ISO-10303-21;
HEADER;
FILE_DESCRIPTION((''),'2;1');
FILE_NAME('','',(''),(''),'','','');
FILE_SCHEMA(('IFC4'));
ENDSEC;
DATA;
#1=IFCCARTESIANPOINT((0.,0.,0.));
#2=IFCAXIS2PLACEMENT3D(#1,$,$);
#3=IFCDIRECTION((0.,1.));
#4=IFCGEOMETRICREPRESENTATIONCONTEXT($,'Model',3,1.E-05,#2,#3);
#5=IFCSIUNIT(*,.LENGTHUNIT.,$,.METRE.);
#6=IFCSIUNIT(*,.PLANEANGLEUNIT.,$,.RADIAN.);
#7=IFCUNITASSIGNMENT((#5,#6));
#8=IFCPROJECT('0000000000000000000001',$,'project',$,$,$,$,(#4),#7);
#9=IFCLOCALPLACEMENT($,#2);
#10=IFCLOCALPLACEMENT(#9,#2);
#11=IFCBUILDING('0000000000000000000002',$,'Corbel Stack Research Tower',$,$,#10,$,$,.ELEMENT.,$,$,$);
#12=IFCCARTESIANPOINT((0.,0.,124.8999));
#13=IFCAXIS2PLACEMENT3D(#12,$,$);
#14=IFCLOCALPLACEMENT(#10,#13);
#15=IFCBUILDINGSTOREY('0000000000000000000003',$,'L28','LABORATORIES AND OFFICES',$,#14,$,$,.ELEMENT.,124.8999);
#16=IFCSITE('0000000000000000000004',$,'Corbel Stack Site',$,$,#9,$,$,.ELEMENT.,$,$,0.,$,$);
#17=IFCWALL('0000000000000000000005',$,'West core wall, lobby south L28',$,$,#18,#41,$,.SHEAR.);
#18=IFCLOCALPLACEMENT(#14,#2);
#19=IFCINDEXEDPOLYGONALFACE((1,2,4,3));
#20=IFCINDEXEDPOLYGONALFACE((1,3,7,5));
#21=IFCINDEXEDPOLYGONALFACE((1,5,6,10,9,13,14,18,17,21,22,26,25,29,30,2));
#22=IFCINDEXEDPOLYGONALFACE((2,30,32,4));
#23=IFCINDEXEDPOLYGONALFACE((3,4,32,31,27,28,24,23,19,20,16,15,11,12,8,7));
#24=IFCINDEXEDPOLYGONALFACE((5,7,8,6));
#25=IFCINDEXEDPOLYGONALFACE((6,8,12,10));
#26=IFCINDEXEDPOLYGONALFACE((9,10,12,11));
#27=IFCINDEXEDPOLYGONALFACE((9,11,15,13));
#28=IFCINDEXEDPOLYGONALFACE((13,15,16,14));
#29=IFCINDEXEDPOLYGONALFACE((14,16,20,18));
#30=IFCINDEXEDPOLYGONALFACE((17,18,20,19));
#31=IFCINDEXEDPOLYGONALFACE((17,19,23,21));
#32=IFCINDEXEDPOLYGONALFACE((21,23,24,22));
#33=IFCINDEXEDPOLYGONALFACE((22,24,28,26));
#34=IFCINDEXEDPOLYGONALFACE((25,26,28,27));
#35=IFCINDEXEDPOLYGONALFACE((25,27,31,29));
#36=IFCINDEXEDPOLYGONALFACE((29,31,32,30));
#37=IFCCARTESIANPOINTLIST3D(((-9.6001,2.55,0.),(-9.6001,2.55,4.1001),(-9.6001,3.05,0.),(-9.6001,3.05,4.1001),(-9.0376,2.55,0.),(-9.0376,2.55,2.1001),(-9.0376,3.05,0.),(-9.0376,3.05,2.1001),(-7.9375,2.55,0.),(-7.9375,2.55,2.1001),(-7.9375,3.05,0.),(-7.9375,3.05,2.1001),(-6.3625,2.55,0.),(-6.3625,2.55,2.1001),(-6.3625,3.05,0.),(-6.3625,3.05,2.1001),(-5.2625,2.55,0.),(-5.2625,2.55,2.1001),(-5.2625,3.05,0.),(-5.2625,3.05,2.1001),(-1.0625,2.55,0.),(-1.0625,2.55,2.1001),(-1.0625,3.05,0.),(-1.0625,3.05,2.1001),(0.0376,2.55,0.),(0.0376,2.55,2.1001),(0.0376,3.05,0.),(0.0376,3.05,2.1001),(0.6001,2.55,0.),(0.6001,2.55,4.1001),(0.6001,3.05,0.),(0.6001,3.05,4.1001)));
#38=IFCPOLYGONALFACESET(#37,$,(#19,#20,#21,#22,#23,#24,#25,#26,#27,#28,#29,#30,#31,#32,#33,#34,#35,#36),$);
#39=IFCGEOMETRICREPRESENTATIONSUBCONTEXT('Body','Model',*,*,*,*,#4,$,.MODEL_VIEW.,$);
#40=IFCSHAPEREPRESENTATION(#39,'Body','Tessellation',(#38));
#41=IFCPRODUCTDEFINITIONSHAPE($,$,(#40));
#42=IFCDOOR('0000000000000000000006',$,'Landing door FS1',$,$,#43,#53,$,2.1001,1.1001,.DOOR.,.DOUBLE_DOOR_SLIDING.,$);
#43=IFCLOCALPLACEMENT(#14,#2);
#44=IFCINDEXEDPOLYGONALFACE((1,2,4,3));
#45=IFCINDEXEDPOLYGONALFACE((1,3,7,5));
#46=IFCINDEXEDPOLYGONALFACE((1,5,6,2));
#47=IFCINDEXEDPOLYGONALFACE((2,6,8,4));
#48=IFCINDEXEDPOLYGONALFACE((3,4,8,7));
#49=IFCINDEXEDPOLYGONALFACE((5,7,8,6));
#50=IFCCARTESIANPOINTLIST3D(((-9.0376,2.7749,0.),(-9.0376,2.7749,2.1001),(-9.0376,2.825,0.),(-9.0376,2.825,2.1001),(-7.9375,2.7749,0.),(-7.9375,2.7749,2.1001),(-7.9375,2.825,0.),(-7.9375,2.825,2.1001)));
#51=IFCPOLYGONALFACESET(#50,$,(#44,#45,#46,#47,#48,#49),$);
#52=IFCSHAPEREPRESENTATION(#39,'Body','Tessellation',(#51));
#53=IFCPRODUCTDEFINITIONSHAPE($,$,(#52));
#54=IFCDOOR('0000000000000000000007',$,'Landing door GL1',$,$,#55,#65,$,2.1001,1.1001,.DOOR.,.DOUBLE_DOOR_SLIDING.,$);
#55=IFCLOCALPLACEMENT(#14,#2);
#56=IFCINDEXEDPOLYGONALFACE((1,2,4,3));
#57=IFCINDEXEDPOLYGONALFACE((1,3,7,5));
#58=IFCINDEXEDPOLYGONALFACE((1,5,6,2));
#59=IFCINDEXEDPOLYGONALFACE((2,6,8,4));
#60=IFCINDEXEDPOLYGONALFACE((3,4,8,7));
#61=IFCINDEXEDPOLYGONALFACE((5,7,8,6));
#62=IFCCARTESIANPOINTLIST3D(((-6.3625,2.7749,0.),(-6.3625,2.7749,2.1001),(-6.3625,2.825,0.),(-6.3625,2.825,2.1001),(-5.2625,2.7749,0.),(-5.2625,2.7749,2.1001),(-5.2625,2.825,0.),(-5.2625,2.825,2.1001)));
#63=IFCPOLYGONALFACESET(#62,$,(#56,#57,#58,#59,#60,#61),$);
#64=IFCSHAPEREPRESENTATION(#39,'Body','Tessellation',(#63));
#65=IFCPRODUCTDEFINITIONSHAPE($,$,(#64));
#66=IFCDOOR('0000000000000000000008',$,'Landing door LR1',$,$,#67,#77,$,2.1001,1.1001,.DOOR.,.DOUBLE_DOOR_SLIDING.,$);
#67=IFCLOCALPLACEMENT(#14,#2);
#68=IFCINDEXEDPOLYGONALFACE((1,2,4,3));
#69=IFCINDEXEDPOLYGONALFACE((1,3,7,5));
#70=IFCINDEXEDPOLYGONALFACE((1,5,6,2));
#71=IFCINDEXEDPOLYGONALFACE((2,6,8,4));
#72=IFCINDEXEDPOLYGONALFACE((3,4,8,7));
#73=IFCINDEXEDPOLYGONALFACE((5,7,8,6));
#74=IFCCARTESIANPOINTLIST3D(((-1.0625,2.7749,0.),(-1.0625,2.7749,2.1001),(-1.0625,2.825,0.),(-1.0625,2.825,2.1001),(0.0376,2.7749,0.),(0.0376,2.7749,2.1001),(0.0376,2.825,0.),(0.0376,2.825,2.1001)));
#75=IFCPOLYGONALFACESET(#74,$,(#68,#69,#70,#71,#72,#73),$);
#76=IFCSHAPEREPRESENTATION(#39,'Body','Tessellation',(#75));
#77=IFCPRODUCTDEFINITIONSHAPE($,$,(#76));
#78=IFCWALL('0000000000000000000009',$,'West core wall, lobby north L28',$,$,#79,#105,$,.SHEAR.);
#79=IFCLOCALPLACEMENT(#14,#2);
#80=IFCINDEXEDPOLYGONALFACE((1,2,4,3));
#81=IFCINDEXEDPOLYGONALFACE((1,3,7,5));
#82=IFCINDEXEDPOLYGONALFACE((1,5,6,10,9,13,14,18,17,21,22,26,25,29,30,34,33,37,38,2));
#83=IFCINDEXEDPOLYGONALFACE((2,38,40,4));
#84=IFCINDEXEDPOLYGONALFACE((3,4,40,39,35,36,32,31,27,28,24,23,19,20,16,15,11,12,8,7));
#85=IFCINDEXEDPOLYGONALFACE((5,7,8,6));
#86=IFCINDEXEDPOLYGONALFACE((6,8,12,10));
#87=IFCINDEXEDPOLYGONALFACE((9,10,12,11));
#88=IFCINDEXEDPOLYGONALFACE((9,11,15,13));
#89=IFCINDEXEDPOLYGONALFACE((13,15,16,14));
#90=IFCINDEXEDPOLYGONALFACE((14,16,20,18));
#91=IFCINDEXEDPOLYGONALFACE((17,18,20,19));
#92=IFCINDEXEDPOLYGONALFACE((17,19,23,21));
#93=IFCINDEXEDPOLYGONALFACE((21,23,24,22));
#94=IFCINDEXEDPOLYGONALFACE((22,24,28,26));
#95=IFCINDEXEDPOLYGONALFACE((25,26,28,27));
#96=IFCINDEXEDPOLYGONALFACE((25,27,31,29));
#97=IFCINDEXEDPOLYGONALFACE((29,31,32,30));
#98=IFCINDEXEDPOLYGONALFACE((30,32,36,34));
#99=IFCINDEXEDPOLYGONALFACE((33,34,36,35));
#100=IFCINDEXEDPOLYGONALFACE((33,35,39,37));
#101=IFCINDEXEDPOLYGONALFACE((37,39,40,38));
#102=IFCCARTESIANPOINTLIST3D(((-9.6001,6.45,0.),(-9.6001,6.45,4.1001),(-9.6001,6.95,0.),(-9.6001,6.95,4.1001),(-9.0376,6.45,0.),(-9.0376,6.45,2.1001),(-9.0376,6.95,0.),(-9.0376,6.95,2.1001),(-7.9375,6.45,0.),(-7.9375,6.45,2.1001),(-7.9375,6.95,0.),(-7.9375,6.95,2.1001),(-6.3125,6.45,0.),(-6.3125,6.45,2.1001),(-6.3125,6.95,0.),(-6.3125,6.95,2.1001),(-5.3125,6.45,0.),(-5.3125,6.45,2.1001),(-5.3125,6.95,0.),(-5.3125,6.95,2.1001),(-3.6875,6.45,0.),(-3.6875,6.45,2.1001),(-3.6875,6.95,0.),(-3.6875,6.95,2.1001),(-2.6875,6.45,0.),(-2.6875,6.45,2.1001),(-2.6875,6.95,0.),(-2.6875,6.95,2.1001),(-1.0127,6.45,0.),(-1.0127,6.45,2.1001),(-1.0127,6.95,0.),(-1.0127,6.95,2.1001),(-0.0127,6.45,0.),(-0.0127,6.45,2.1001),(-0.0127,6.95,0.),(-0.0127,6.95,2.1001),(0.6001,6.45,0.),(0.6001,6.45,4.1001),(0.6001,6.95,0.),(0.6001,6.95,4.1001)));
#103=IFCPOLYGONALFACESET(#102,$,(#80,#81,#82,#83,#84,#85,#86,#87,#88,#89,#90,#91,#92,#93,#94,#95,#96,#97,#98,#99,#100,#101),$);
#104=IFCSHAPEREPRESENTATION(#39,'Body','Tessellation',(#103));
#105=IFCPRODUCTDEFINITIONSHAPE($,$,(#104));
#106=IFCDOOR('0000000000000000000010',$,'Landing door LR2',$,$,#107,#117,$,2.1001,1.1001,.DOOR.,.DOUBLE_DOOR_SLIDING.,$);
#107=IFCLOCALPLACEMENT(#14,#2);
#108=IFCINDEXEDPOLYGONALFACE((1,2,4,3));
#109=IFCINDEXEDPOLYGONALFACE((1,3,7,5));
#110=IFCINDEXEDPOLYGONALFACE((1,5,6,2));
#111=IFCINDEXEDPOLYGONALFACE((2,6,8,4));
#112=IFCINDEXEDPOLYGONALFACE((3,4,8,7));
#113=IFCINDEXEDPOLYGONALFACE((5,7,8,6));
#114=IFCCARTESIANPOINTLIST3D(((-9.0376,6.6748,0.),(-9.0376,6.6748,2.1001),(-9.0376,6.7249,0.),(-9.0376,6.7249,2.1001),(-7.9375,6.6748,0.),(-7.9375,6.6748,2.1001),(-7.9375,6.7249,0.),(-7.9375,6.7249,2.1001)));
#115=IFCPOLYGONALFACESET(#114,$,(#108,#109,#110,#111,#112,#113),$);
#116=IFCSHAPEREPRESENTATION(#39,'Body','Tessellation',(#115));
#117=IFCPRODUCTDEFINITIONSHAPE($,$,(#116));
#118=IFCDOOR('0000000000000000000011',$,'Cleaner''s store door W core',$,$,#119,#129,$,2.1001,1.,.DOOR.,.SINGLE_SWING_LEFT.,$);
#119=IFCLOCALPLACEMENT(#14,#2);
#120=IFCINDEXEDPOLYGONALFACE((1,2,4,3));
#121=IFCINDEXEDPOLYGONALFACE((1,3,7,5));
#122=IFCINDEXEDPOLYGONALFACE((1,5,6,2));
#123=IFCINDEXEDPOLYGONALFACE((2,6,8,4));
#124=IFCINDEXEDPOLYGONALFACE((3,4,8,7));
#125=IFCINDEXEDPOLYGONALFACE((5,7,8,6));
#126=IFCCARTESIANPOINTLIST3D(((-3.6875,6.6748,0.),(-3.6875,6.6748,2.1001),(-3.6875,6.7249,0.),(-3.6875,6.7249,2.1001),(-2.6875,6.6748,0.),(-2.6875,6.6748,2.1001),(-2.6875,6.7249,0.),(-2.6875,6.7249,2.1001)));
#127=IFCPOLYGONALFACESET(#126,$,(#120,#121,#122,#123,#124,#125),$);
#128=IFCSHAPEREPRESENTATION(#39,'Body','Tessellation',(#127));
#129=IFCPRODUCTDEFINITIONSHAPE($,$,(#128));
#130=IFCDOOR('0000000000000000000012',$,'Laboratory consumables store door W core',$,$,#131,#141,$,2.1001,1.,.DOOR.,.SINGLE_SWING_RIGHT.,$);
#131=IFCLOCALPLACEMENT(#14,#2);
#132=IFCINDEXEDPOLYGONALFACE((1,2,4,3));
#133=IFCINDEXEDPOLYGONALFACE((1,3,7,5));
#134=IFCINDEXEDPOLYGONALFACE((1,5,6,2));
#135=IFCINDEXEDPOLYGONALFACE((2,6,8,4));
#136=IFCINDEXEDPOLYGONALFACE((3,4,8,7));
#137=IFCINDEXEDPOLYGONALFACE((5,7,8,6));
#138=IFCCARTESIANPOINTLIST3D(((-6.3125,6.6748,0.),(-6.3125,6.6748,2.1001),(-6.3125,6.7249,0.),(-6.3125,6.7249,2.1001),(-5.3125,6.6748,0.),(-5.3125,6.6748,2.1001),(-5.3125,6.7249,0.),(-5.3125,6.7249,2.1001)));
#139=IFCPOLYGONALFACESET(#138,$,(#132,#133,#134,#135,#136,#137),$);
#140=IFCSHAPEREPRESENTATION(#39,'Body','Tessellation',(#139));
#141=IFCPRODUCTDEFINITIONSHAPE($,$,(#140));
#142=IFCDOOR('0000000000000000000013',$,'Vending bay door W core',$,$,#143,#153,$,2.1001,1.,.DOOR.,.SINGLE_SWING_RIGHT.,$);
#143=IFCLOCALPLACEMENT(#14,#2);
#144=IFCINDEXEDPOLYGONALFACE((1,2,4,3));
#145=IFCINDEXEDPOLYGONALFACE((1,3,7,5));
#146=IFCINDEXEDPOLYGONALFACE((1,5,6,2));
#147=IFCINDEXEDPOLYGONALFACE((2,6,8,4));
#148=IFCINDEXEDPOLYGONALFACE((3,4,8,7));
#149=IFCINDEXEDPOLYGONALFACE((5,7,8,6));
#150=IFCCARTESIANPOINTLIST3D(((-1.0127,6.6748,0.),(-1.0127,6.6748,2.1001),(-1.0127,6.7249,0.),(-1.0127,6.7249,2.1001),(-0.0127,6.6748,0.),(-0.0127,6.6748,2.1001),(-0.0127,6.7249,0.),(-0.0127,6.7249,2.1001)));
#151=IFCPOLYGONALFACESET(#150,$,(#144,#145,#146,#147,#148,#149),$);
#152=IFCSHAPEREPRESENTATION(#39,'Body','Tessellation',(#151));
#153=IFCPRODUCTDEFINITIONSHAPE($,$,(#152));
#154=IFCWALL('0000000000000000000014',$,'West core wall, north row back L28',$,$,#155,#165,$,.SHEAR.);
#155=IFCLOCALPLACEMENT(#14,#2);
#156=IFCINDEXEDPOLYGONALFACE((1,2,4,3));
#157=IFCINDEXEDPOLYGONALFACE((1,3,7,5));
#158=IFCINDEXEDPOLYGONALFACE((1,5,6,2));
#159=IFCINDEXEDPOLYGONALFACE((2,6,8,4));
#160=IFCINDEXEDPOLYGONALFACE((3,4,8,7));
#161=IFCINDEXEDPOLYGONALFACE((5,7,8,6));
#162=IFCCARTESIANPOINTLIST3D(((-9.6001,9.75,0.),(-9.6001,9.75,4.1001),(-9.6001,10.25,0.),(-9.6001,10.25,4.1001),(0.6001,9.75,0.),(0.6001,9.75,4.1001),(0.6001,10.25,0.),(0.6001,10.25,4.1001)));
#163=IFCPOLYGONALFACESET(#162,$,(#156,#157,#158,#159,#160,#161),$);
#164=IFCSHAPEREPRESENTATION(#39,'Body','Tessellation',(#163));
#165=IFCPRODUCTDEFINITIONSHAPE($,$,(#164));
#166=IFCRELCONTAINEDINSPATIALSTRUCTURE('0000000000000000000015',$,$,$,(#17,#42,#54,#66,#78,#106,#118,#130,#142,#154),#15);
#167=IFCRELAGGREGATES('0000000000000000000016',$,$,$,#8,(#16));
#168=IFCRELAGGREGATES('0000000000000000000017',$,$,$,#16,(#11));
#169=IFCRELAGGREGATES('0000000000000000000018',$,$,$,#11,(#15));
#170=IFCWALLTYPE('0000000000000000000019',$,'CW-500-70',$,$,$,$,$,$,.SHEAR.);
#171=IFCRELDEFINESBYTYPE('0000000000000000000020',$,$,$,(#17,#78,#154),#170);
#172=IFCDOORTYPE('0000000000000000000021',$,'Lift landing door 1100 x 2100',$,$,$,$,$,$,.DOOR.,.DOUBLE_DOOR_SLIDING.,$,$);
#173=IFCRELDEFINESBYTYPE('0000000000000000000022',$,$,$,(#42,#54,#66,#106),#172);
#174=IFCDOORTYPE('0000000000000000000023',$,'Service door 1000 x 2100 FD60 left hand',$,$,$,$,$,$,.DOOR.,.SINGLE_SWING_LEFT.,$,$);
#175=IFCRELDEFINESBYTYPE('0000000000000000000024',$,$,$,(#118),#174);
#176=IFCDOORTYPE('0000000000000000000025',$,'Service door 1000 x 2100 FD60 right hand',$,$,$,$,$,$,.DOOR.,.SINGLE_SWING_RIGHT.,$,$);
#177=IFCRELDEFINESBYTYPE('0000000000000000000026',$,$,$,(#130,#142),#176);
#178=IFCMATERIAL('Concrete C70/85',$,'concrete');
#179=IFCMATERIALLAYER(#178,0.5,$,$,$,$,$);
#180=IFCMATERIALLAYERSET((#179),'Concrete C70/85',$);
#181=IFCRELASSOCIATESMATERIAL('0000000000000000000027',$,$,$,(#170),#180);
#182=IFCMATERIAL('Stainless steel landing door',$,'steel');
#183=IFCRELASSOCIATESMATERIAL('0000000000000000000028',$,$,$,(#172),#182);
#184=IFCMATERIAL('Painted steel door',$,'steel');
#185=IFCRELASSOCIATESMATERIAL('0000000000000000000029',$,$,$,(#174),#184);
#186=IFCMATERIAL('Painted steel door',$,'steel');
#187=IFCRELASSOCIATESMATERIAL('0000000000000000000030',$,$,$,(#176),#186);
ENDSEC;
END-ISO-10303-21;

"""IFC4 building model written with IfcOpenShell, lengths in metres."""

from ifc_helpers import new_model, si_unit, direction, frame, frame_2d, origin, place, context, subcontext, project, spatial, rectangle, extrude, material, layer, layer_set, type_object, element, fill, save


model = new_model("IFC4")

# Units and contexts
model_context = context("Model", 3, precision=1e-05, world=origin(), true_north=direction((0.0, 1.0)))
body_context = subcontext(model_context, "Body", "Model", "MODEL_VIEW")
ifc_project = project(units=[si_unit("LENGTHUNIT", "METRE"), si_unit("PLANEANGLEUNIT", "RADIAN")], contexts=[model_context])

# Site, building, storey
site_placement = place(None, origin())
site = spatial("IfcSite", under=ifc_project, at=site_placement, Name="Corbel Stack Site", CompositionType="ELEMENT", RefElevation=0.0)
building_placement = place(site_placement, origin())
building = spatial("IfcBuilding", under=site, at=building_placement, Name="Corbel Stack Research Tower", CompositionType="ELEMENT")
storey_placement = place(building_placement, frame((0.0, 0.0, 124.8999)))
storey = spatial("IfcBuildingStorey", under=building, at=storey_placement, Name="L28", Description="LABORATORIES AND OFFICES", CompositionType="ELEMENT", Elevation=124.8999)

# Walls, openings, doors
ifc_material_1 = material(Name="Concrete C70/85", Category="concrete")
ifc_layer_1 = layer(ifc_material_1, 0.5)
ifc_layer_set_1 = layer_set([ifc_layer_1], Name="Concrete C70/85")
wall_type_1 = type_object("IfcWallType", Name="CW-500-70", PredefinedType="SHEAR", material=ifc_layer_set_1)
wall_1_placement = place(storey_placement, frame((-9.6001, 2.8, 0.0), z_axis=(0.0, 0.0, 1.0), x_axis=(1.0, 0.0, 0.0)))
wall_1 = element("IfcWall", 1, at=wall_1_placement, inside=storey, type_object=wall_type_1, Name="West core wall, lobby south L28", PredefinedType="SHEAR", context=body_context, shape_type="SweptSolid", body=[
    extrude(rectangle(XDim=10.2002, YDim=0.5, at=frame_2d((5.1001, 0.0))), origin(), (0.0, 0.0, 1.0), 4.1001),
])
opening_1_placement = place(wall_1_placement, frame((0.5625, 0.0, 0.0)))
opening_1 = element("IfcOpeningElement", 2, at=opening_1_placement, cuts=wall_1, PredefinedType="OPENING", context=body_context, shape_type="SweptSolid", body=[
    extrude(rectangle(XDim=1.1001, YDim=2.1001, at=frame_2d((0.55, 1.05))), frame((0.0, 0.26, 0.0), z_axis=(0.0, -1.0, 0.0), x_axis=(1.0, 0.0, 0.0)), (0.0, 0.0, 1.0), 0.52),
])
opening_2_placement = place(wall_1_placement, frame((3.2375, 0.0, 0.0)))
opening_2 = element("IfcOpeningElement", 3, at=opening_2_placement, cuts=wall_1, PredefinedType="OPENING", context=body_context, shape_type="SweptSolid", body=[
    extrude(rectangle(XDim=1.1001, YDim=2.1001, at=frame_2d((0.55, 1.05))), frame((0.0, 0.26, 0.0), z_axis=(0.0, -1.0, 0.0), x_axis=(1.0, 0.0, 0.0)), (0.0, 0.0, 1.0), 0.52),
])
opening_3_placement = place(wall_1_placement, frame((8.5376, 0.0, 0.0)))
opening_3 = element("IfcOpeningElement", 4, at=opening_3_placement, cuts=wall_1, PredefinedType="OPENING", context=body_context, shape_type="SweptSolid", body=[
    extrude(rectangle(XDim=1.1001, YDim=2.1001, at=frame_2d((0.55, 1.05))), frame((0.0, 0.26, 0.0), z_axis=(0.0, -1.0, 0.0), x_axis=(1.0, 0.0, 0.0)), (0.0, 0.0, 1.0), 0.52),
])
ifc_material_2 = material(Name="Stainless steel landing door", Category="steel")
door_type_1 = type_object("IfcDoorType", Name="Lift landing door 1100 x 2100", OperationType="DOUBLE_DOOR_SLIDING", PredefinedType="DOOR", material=ifc_material_2)
door_1_placement = place(opening_1_placement, origin())
door_1 = element("IfcDoor", 5, at=door_1_placement, inside=storey, type_object=door_type_1, Name="Landing door FS1", OperationType="DOUBLE_DOOR_SLIDING", OverallHeight=2.1001, OverallWidth=1.1001, PredefinedType="DOOR", context=body_context, shape_type="SweptSolid", body=[
    extrude(rectangle(XDim=1.1001, YDim=2.1001, at=frame_2d((0.55, 1.05))), frame((0.0, 0.0249, 0.0), z_axis=(0.0, -1.0, 0.0), x_axis=(1.0, 0.0, 0.0)), (0.0, 0.0, 1.0), 0.05),
])
fill(opening_1, door_1)
door_2_placement = place(opening_2_placement, origin())
door_2 = element("IfcDoor", 6, at=door_2_placement, inside=storey, type_object=door_type_1, Name="Landing door GL1", OperationType="DOUBLE_DOOR_SLIDING", OverallHeight=2.1001, OverallWidth=1.1001, PredefinedType="DOOR", context=body_context, shape_type="SweptSolid", body=[
    extrude(rectangle(XDim=1.1001, YDim=2.1001, at=frame_2d((0.55, 1.05))), frame((0.0, 0.0249, 0.0), z_axis=(0.0, -1.0, 0.0), x_axis=(1.0, 0.0, 0.0)), (0.0, 0.0, 1.0), 0.05),
])
fill(opening_2, door_2)
door_3_placement = place(opening_3_placement, origin())
door_3 = element("IfcDoor", 7, at=door_3_placement, inside=storey, type_object=door_type_1, Name="Landing door LR1", OperationType="DOUBLE_DOOR_SLIDING", OverallHeight=2.1001, OverallWidth=1.1001, PredefinedType="DOOR", context=body_context, shape_type="SweptSolid", body=[
    extrude(rectangle(XDim=1.1001, YDim=2.1001, at=frame_2d((0.55, 1.05))), frame((0.0, 0.0249, 0.0), z_axis=(0.0, -1.0, 0.0), x_axis=(1.0, 0.0, 0.0)), (0.0, 0.0, 1.0), 0.05),
])
fill(opening_3, door_3)
wall_2_placement = place(storey_placement, frame((-9.6001, 6.7, 0.0), z_axis=(0.0, 0.0, 1.0), x_axis=(1.0, 0.0, 0.0)))
wall_2 = element("IfcWall", 8, at=wall_2_placement, inside=storey, type_object=wall_type_1, Name="West core wall, lobby north L28", PredefinedType="SHEAR", context=body_context, shape_type="SweptSolid", body=[
    extrude(rectangle(XDim=10.2002, YDim=0.5, at=frame_2d((5.1001, 0.0))), origin(), (0.0, 0.0, 1.0), 4.1001),
])
opening_4_placement = place(wall_2_placement, frame((0.5625, 0.0, 0.0)))
opening_4 = element("IfcOpeningElement", 9, at=opening_4_placement, cuts=wall_2, PredefinedType="OPENING", context=body_context, shape_type="SweptSolid", body=[
    extrude(rectangle(XDim=1.1001, YDim=2.1001, at=frame_2d((0.55, 1.05))), frame((0.0, 0.26, 0.0), z_axis=(0.0, -1.0, 0.0), x_axis=(1.0, 0.0, 0.0)), (0.0, 0.0, 1.0), 0.52),
])
opening_5_placement = place(wall_2_placement, frame((3.2876, 0.0, 0.0)))
opening_5 = element("IfcOpeningElement", 10, at=opening_5_placement, cuts=wall_2, PredefinedType="OPENING", context=body_context, shape_type="SweptSolid", body=[
    extrude(rectangle(XDim=1.0, YDim=2.1001, at=frame_2d((0.5, 1.05))), frame((0.0, 0.26, 0.0), z_axis=(0.0, -1.0, 0.0), x_axis=(1.0, 0.0, 0.0)), (0.0, 0.0, 1.0), 0.52),
])
opening_6_placement = place(wall_2_placement, frame((5.9126, 0.0, 0.0)))
opening_6 = element("IfcOpeningElement", 11, at=opening_6_placement, cuts=wall_2, PredefinedType="OPENING", context=body_context, shape_type="SweptSolid", body=[
    extrude(rectangle(XDim=1.0, YDim=2.1001, at=frame_2d((0.5, 1.05))), frame((0.0, 0.26, 0.0), z_axis=(0.0, -1.0, 0.0), x_axis=(1.0, 0.0, 0.0)), (0.0, 0.0, 1.0), 0.52),
])
opening_7_placement = place(wall_2_placement, frame((8.5874, 0.0, 0.0)))
opening_7 = element("IfcOpeningElement", 12, at=opening_7_placement, cuts=wall_2, PredefinedType="OPENING", context=body_context, shape_type="SweptSolid", body=[
    extrude(rectangle(XDim=1.0, YDim=2.1001, at=frame_2d((0.5, 1.05))), frame((0.0, 0.26, 0.0), z_axis=(0.0, -1.0, 0.0), x_axis=(1.0, 0.0, 0.0)), (0.0, 0.0, 1.0), 0.52),
])
door_4_placement = place(opening_4_placement, origin())
door_4 = element("IfcDoor", 13, at=door_4_placement, inside=storey, type_object=door_type_1, Name="Landing door LR2", OperationType="DOUBLE_DOOR_SLIDING", OverallHeight=2.1001, OverallWidth=1.1001, PredefinedType="DOOR", context=body_context, shape_type="SweptSolid", body=[
    extrude(rectangle(XDim=1.1001, YDim=2.1001, at=frame_2d((0.55, 1.05))), frame((0.0, 0.0249, 0.0), z_axis=(0.0, -1.0, 0.0), x_axis=(1.0, 0.0, 0.0)), (0.0, 0.0, 1.0), 0.05),
])
fill(opening_4, door_4)
ifc_material_3 = material(Name="Painted steel door", Category="steel")
door_type_2 = type_object("IfcDoorType", Name="Service door 1000 x 2100 FD60 left hand", OperationType="SINGLE_SWING_LEFT", PredefinedType="DOOR", material=ifc_material_3)
door_5_placement = place(opening_6_placement, origin())
door_5 = element("IfcDoor", 14, at=door_5_placement, inside=storey, type_object=door_type_2, Name="Cleaner's store door W core", OperationType="SINGLE_SWING_LEFT", OverallHeight=2.1001, OverallWidth=1.0, PredefinedType="DOOR", context=body_context, shape_type="SweptSolid", body=[
    extrude(rectangle(XDim=1.0, YDim=2.1001, at=frame_2d((0.5, 1.05))), frame((0.0, 0.0249, 0.0), z_axis=(0.0, -1.0, 0.0), x_axis=(1.0, 0.0, 0.0)), (0.0, 0.0, 1.0), 0.05),
])
fill(opening_6, door_5)
ifc_material_4 = material(Name="Painted steel door", Category="steel")
door_type_3 = type_object("IfcDoorType", Name="Service door 1000 x 2100 FD60 right hand", OperationType="SINGLE_SWING_RIGHT", PredefinedType="DOOR", material=ifc_material_4)
door_6_placement = place(opening_5_placement, origin())
door_6 = element("IfcDoor", 15, at=door_6_placement, inside=storey, type_object=door_type_3, Name="Laboratory consumables store door W core", OperationType="SINGLE_SWING_RIGHT", OverallHeight=2.1001, OverallWidth=1.0, PredefinedType="DOOR", context=body_context, shape_type="SweptSolid", body=[
    extrude(rectangle(XDim=1.0, YDim=2.1001, at=frame_2d((0.5, 1.05))), frame((0.0, 0.0249, 0.0), z_axis=(0.0, -1.0, 0.0), x_axis=(1.0, 0.0, 0.0)), (0.0, 0.0, 1.0), 0.05),
])
fill(opening_5, door_6)
door_7_placement = place(opening_7_placement, origin())
door_7 = element("IfcDoor", 16, at=door_7_placement, inside=storey, type_object=door_type_3, Name="Vending bay door W core", OperationType="SINGLE_SWING_RIGHT", OverallHeight=2.1001, OverallWidth=1.0, PredefinedType="DOOR", context=body_context, shape_type="SweptSolid", body=[
    extrude(rectangle(XDim=1.0, YDim=2.1001, at=frame_2d((0.5, 1.05))), frame((0.0, 0.0249, 0.0), z_axis=(0.0, -1.0, 0.0), x_axis=(1.0, 0.0, 0.0)), (0.0, 0.0, 1.0), 0.05),
])
fill(opening_7, door_7)

# Wall
wall_3_placement = place(storey_placement, frame((-9.6001, 10.0, 0.0), z_axis=(0.0, 0.0, 1.0), x_axis=(1.0, 0.0, 0.0)))
element("IfcWall", 17, at=wall_3_placement, inside=storey, type_object=wall_type_1, Name="West core wall, north row back L28", PredefinedType="SHEAR", context=body_context, shape_type="SweptSolid", body=[
    extrude(rectangle(XDim=10.2002, YDim=0.5, at=frame_2d((5.1001, 0.0))), origin(), (0.0, 0.0, 1.0), 4.1001),
])

save(model, "model.ifc")
